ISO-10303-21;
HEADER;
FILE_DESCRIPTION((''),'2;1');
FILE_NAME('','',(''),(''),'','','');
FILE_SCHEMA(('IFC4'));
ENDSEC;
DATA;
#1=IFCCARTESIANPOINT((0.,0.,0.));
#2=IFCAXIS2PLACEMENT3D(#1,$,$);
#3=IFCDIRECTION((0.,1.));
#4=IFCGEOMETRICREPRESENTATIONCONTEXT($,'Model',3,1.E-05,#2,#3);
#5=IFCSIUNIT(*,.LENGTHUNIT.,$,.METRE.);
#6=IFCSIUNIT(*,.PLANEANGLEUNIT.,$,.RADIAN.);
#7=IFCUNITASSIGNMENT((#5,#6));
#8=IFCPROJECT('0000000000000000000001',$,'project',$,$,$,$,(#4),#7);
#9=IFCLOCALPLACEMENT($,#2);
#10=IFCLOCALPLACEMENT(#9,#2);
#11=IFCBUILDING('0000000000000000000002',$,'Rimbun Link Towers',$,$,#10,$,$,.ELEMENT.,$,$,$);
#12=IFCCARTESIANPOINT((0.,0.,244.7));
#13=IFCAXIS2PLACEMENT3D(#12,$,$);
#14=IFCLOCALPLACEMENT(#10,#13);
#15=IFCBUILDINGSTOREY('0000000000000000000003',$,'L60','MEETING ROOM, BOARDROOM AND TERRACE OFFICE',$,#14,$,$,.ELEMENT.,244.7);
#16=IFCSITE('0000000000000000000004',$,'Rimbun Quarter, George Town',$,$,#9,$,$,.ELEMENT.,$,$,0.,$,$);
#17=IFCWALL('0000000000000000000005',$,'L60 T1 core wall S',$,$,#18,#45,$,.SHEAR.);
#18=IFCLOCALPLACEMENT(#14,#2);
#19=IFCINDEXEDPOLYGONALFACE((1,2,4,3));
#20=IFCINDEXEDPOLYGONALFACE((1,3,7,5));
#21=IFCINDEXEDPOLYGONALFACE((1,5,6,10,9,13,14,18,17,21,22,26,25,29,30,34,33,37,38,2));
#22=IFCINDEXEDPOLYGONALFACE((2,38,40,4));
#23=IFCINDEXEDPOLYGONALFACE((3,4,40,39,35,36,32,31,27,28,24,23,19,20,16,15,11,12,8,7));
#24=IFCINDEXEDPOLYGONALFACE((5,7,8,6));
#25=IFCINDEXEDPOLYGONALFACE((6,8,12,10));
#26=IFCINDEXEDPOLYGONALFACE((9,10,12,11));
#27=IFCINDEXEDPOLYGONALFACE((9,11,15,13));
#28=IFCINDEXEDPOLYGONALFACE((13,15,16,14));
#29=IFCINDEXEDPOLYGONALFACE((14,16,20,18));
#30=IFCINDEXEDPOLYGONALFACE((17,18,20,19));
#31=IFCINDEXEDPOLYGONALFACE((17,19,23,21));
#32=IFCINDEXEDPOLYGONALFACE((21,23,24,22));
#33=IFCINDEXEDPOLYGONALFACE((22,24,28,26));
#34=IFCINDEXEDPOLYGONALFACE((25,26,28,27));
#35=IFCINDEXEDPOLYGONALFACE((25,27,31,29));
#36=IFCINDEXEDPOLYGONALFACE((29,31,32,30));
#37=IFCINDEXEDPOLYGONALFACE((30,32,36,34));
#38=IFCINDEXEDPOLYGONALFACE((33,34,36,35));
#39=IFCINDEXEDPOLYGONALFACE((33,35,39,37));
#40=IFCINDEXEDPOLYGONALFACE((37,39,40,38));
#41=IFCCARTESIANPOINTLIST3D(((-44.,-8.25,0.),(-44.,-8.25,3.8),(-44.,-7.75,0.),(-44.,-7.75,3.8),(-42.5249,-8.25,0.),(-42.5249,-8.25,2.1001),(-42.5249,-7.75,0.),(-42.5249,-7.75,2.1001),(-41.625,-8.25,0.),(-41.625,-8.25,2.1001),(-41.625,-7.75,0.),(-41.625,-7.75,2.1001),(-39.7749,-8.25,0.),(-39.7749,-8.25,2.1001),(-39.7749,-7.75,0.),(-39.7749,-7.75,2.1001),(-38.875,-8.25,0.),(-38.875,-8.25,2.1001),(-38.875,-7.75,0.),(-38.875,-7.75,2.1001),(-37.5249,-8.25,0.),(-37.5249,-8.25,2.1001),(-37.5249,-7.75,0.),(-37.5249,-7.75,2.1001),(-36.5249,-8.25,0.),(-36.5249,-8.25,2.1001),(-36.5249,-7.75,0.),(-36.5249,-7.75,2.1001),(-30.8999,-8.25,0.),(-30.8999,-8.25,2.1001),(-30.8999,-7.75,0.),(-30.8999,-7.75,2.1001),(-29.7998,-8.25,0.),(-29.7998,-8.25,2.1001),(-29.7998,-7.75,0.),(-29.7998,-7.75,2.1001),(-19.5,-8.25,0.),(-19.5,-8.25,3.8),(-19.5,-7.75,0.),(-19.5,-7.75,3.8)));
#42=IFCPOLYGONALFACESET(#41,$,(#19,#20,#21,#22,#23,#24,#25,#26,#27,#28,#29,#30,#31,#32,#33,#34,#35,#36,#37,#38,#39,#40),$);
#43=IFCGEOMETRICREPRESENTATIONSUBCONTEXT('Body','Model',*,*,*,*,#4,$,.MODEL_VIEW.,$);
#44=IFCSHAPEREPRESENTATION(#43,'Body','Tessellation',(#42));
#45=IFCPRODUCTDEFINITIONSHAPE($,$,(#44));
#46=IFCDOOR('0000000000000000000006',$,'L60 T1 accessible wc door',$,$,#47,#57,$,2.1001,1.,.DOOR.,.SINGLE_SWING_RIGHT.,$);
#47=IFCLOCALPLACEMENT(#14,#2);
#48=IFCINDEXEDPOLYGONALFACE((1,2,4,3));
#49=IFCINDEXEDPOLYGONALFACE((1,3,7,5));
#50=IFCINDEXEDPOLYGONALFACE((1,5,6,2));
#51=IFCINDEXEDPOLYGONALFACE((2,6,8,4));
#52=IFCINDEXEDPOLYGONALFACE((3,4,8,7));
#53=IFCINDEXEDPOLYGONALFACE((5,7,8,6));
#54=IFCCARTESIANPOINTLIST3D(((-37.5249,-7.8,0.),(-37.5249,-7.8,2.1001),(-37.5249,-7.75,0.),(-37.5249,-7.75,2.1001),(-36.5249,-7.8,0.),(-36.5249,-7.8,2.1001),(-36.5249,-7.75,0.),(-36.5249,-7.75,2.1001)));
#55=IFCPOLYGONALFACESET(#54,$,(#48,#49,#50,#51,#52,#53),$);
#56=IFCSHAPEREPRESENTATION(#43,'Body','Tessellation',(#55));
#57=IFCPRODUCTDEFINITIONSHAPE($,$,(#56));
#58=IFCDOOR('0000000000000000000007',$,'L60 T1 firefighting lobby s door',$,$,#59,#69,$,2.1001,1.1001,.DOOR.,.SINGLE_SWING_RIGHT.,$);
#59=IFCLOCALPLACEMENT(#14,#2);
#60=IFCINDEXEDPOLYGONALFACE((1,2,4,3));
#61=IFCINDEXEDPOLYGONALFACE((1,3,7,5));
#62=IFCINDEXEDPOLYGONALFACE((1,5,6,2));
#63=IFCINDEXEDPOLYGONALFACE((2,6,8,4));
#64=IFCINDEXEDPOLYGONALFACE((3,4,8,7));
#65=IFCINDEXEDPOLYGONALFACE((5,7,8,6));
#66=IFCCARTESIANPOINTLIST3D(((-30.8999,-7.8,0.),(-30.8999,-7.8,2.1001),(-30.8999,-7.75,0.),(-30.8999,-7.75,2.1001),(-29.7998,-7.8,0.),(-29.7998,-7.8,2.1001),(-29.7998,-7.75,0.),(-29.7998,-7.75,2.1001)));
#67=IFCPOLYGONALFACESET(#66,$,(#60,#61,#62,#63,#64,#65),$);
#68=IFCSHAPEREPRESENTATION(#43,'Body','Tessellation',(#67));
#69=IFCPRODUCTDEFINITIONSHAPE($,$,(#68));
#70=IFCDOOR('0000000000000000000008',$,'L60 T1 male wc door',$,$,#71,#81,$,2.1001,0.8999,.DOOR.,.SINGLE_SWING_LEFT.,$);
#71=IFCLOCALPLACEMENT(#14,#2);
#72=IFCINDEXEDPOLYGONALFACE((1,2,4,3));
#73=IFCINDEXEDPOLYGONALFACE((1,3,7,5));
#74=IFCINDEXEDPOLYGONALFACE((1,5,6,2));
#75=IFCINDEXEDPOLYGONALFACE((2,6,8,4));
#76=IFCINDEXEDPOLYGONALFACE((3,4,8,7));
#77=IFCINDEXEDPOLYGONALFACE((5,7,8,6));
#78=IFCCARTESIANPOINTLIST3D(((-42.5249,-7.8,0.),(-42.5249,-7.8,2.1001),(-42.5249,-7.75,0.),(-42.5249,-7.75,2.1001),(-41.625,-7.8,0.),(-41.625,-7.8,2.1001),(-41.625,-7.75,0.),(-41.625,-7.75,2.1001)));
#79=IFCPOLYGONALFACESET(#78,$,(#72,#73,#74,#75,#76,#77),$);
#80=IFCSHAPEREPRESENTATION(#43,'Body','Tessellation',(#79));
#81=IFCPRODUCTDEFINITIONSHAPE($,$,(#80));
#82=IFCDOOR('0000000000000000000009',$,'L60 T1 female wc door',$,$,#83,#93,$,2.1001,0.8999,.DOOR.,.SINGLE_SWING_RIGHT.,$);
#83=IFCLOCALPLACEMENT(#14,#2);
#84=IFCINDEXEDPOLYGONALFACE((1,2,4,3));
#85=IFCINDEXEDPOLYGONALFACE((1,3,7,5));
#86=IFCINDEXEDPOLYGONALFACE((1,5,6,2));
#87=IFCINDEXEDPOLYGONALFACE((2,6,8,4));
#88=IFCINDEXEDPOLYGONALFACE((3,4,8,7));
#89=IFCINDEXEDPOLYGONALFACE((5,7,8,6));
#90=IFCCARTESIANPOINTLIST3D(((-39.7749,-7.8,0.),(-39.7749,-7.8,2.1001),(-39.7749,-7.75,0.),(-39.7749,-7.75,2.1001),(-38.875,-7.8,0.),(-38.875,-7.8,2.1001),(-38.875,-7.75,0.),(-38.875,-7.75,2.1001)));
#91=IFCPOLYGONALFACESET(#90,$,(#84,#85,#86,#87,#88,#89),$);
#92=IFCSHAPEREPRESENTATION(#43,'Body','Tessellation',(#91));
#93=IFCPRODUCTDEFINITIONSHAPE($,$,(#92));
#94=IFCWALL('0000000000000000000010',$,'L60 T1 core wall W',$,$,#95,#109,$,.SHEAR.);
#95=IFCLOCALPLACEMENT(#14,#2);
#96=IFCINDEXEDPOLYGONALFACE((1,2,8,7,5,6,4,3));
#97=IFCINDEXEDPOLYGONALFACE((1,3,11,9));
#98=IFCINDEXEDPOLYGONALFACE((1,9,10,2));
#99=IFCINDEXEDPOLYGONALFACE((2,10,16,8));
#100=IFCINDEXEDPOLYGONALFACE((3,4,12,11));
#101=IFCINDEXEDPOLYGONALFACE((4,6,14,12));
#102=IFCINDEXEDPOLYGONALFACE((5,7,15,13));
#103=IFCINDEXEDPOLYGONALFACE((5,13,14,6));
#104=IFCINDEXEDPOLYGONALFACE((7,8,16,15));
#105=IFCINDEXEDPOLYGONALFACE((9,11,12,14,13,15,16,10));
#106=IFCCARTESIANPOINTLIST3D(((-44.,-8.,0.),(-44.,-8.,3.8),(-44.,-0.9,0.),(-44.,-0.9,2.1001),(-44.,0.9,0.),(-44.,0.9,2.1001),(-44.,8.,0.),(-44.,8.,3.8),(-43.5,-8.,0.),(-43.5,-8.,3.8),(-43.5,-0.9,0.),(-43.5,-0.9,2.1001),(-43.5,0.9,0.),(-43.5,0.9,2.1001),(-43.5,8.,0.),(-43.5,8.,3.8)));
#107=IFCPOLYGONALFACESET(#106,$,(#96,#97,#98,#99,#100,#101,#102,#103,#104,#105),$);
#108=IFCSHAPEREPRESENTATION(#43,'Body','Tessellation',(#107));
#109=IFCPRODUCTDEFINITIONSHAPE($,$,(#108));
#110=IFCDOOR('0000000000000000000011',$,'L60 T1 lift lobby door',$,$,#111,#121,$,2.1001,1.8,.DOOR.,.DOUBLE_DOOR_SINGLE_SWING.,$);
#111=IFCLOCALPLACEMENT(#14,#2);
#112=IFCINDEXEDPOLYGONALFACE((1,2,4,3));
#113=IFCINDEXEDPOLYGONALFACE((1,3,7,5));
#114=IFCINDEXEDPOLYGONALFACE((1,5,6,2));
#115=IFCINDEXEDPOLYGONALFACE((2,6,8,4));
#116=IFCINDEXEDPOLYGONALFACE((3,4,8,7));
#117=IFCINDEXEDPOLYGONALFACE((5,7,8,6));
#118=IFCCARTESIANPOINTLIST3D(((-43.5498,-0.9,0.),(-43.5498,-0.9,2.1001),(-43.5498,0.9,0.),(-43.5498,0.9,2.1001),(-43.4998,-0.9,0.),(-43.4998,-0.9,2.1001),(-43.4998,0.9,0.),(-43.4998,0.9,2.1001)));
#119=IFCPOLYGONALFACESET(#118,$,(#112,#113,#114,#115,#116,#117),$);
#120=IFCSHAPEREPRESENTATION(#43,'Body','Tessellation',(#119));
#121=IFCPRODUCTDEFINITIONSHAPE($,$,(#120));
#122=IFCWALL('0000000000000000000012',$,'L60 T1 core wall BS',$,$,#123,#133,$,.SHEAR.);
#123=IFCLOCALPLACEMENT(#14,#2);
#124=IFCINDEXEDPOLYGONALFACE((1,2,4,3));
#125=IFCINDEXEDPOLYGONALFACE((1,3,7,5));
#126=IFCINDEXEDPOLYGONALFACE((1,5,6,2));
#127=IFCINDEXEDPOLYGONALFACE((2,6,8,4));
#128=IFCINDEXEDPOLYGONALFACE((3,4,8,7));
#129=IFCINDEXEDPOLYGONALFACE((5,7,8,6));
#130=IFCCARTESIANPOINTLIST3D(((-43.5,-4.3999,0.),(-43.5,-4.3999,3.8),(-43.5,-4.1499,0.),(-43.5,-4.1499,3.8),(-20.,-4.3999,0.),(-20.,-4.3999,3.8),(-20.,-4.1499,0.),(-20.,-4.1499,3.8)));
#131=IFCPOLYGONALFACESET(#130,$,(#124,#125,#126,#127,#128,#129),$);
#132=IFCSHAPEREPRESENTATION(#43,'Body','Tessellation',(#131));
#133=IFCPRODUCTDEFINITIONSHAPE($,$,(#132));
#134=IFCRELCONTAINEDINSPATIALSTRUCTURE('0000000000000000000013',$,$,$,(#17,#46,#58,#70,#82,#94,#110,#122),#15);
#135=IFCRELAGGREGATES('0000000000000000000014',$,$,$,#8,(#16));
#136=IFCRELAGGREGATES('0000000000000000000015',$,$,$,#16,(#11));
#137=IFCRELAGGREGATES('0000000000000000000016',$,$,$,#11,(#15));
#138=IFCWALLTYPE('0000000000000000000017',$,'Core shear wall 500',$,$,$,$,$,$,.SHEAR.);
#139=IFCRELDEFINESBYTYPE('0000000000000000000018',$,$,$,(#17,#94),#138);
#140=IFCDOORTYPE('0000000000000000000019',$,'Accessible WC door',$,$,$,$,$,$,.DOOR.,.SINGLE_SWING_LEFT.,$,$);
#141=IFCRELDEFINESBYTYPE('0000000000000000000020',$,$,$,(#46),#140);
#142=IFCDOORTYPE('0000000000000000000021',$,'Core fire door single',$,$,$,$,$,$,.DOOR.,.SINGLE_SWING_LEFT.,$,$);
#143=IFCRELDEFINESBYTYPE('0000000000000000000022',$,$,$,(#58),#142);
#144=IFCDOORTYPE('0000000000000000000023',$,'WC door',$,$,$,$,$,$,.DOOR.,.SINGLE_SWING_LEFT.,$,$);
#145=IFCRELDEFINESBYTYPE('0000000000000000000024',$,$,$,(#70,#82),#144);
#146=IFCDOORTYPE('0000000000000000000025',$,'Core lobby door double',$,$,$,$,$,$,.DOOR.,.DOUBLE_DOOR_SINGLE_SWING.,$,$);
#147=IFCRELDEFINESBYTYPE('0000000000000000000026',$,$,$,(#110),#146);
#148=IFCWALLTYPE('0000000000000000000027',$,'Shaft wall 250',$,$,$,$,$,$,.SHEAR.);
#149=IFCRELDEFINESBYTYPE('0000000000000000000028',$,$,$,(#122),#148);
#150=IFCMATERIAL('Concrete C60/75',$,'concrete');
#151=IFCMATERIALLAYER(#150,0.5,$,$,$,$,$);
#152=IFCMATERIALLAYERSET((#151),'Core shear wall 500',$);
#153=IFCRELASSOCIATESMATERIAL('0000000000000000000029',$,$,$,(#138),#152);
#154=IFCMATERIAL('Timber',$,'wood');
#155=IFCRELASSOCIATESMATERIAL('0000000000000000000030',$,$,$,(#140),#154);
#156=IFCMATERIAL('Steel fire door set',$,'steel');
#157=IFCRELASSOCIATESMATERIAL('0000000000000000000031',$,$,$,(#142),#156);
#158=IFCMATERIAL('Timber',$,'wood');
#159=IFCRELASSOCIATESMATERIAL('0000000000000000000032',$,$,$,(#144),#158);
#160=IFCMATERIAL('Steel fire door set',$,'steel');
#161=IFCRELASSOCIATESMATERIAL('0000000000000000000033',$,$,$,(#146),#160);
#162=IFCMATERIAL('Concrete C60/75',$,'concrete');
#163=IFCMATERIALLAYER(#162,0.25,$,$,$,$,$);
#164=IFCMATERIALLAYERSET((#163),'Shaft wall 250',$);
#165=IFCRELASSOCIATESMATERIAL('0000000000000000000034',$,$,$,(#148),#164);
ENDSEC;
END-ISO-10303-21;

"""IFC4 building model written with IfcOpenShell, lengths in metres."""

from ifc_helpers import new_model, si_unit, direction, frame, frame_2d, origin, place, context, subcontext, project, spatial, rectangle, extrude, material, layer, layer_set, type_object, element, fill, save


model = new_model("IFC4")

# Units and contexts
model_context = context("Model", 3, precision=1e-05, world=origin(), true_north=direction((0.0, 1.0)))
body_context = subcontext(model_context, "Body", "Model", "MODEL_VIEW")
ifc_project = project(units=[si_unit("LENGTHUNIT", "METRE"), si_unit("PLANEANGLEUNIT", "RADIAN")], contexts=[model_context])

# Site, building, storey
site_placement = place(None, origin())
site = spatial("IfcSite", under=ifc_project, at=site_placement, Name="Rimbun Quarter, George Town", CompositionType="ELEMENT", RefElevation=0.0)
building_placement = place(site_placement, origin())
building = spatial("IfcBuilding", under=site, at=building_placement, Name="Rimbun Link Towers", CompositionType="ELEMENT")
storey_placement = place(building_placement, frame((0.0, 0.0, 244.7)))
storey = spatial("IfcBuildingStorey", under=building, at=storey_placement, Name="L60", Description="MEETING ROOM, BOARDROOM AND TERRACE OFFICE", CompositionType="ELEMENT", Elevation=244.7)

# Wall, openings, doors
ifc_material_1 = material(Name="Concrete C60/75", Category="concrete")
ifc_layer_1 = layer(ifc_material_1, 0.5)
ifc_layer_set_1 = layer_set([ifc_layer_1], Name="Core shear wall 500")
wall_type_1 = type_object("IfcWallType", Name="Core shear wall 500", PredefinedType="SHEAR", material=ifc_layer_set_1)
wall_1_placement = place(storey_placement, frame((-44.0, -8.0, 0.0), z_axis=(0.0, 0.0, 1.0), x_axis=(1.0, 0.0, 0.0)))
wall_1 = element("IfcWall", 1, at=wall_1_placement, inside=storey, type_object=wall_type_1, Name="L60 T1 core wall S", PredefinedType="SHEAR", context=body_context, shape_type="SweptSolid", body=[
    extrude(rectangle(XDim=24.5, YDim=0.5, at=frame_2d((12.25, 0.0))), origin(), (0.0, 0.0, 1.0), 3.8),
])
opening_1_placement = place(wall_1_placement, frame((13.1001, 0.0, 0.0)))
opening_1 = element("IfcOpeningElement", 2, at=opening_1_placement, cuts=wall_1, PredefinedType="OPENING", context=body_context, shape_type="SweptSolid", body=[
    extrude(rectangle(XDim=1.1001, YDim=2.1001, at=frame_2d((0.55, 1.05))), frame((0.0, 0.26, 0.0), z_axis=(0.0, -1.0, 0.0), x_axis=(1.0, 0.0, 0.0)), (0.0, 0.0, 1.0), 0.52),
])
opening_2_placement = place(wall_1_placement, frame((1.4751, 0.0, 0.0)))
opening_2 = element("IfcOpeningElement", 3, at=opening_2_placement, cuts=wall_1, PredefinedType="OPENING", context=body_context, shape_type="SweptSolid", body=[
    extrude(rectangle(XDim=0.8999, YDim=2.1001, at=frame_2d((0.45, 1.05))), frame((0.0, 0.26, 0.0), z_axis=(0.0, -1.0, 0.0), x_axis=(1.0, 0.0, 0.0)), (0.0, 0.0, 1.0), 0.52),
])
opening_3_placement = place(wall_1_placement, frame((4.2251, 0.0, 0.0)))
opening_3 = element("IfcOpeningElement", 4, at=opening_3_placement, cuts=wall_1, PredefinedType="OPENING", context=body_context, shape_type="SweptSolid", body=[
    extrude(rectangle(XDim=0.8999, YDim=2.1001, at=frame_2d((0.45, 1.05))), frame((0.0, 0.26, 0.0), z_axis=(0.0, -1.0, 0.0), x_axis=(1.0, 0.0, 0.0)), (0.0, 0.0, 1.0), 0.52),
])
opening_4_placement = place(wall_1_placement, frame((6.4751, 0.0, 0.0)))
opening_4 = element("IfcOpeningElement", 5, at=opening_4_placement, cuts=wall_1, PredefinedType="OPENING", context=body_context, shape_type="SweptSolid", body=[
    extrude(rectangle(XDim=1.0, YDim=2.1001, at=frame_2d((0.5, 1.05))), frame((0.0, 0.26, 0.0), z_axis=(0.0, -1.0, 0.0), x_axis=(1.0, 0.0, 0.0)), (0.0, 0.0, 1.0), 0.52),
])
ifc_material_2 = material(Name="Timber", Category="wood")
door_type_1 = type_object("IfcDoorType", Name="Accessible WC door", OperationType="SINGLE_SWING_LEFT", PredefinedType="DOOR", material=ifc_material_2)
door_1_placement = place(opening_4_placement, origin())
door_1 = element("IfcDoor", 6, at=door_1_placement, inside=storey, type_object=door_type_1, Name="L60 T1 accessible wc door", OperationType="SINGLE_SWING_RIGHT", OverallHeight=2.1001, OverallWidth=1.0, PredefinedType="DOOR", context=body_context, shape_type="SweptSolid", body=[
    extrude(rectangle(XDim=1.0, YDim=2.1001, at=frame_2d((0.5, 1.05))), frame((0.0, 0.25, 0.0), z_axis=(0.0, -1.0, 0.0), x_axis=(1.0, 0.0, 0.0)), (0.0, 0.0, 1.0), 0.05),
])
fill(opening_4, door_1)
ifc_material_3 = material(Name="Steel fire door set", Category="steel")
door_type_2 = type_object("IfcDoorType", Name="Core fire door single", OperationType="SINGLE_SWING_LEFT", PredefinedType="DOOR", material=ifc_material_3)
door_2_placement = place(opening_1_placement, origin())
door_2 = element("IfcDoor", 7, at=door_2_placement, inside=storey, type_object=door_type_2, Name="L60 T1 firefighting lobby s door", OperationType="SINGLE_SWING_RIGHT", OverallHeight=2.1001, OverallWidth=1.1001, PredefinedType="DOOR", context=body_context, shape_type="SweptSolid", body=[
    extrude(rectangle(XDim=1.1001, YDim=2.1001, at=frame_2d((0.55, 1.05))), frame((0.0, 0.25, 0.0), z_axis=(0.0, -1.0, 0.0), x_axis=(1.0, 0.0, 0.0)), (0.0, 0.0, 1.0), 0.05),
])
fill(opening_1, door_2)
ifc_material_4 = material(Name="Timber", Category="wood")
door_type_3 = type_object("IfcDoorType", Name="WC door", OperationType="SINGLE_SWING_LEFT", PredefinedType="DOOR", material=ifc_material_4)
door_3_placement = place(opening_2_placement, origin())
door_3 = element("IfcDoor", 8, at=door_3_placement, inside=storey, type_object=door_type_3, Name="L60 T1 male wc door", OperationType="SINGLE_SWING_LEFT", OverallHeight=2.1001, OverallWidth=0.8999, PredefinedType="DOOR", context=body_context, shape_type="SweptSolid", body=[
    extrude(rectangle(XDim=0.8999, YDim=2.1001, at=frame_2d((0.45, 1.05))), frame((0.0, 0.25, 0.0), z_axis=(0.0, -1.0, 0.0), x_axis=(1.0, 0.0, 0.0)), (0.0, 0.0, 1.0), 0.05),
])
fill(opening_2, door_3)
door_4_placement = place(opening_3_placement, origin())
door_4 = element("IfcDoor", 9, at=door_4_placement, inside=storey, type_object=door_type_3, Name="L60 T1 female wc door", OperationType="SINGLE_SWING_RIGHT", OverallHeight=2.1001, OverallWidth=0.8999, PredefinedType="DOOR", context=body_context, shape_type="SweptSolid", body=[
    extrude(rectangle(XDim=0.8999, YDim=2.1001, at=frame_2d((0.45, 1.05))), frame((0.0, 0.25, 0.0), z_axis=(0.0, -1.0, 0.0), x_axis=(1.0, 0.0, 0.0)), (0.0, 0.0, 1.0), 0.05),
])
fill(opening_3, door_4)

# Wall, opening, door
wall_2_placement = place(storey_placement, frame((-43.75, -8.0, 0.0), z_axis=(0.0, 0.0, 1.0), x_axis=(0.0, 1.0, 0.0)))
wall_2 = element("IfcWall", 10, at=wall_2_placement, inside=storey, type_object=wall_type_1, Name="L60 T1 core wall W", PredefinedType="SHEAR", context=body_context, shape_type="SweptSolid", body=[
    extrude(rectangle(XDim=16.0, YDim=0.5, at=frame_2d((8.0, 0.0))), origin(), (0.0, 0.0, 1.0), 3.8),
])
opening_5_placement = place(wall_2_placement, frame((7.1001, 0.0, 0.0)))
opening_5 = element("IfcOpeningElement", 11, at=opening_5_placement, cuts=wall_2, PredefinedType="OPENING", context=body_context, shape_type="SweptSolid", body=[
    extrude(rectangle(XDim=1.8, YDim=2.1001, at=frame_2d((0.8999, 1.05))), frame((0.0, 0.26, 0.0), z_axis=(0.0, -1.0, 0.0), x_axis=(1.0, 0.0, 0.0)), (0.0, 0.0, 1.0), 0.52),
])
ifc_material_5 = material(Name="Steel fire door set", Category="steel")
door_type_4 = type_object("IfcDoorType", Name="Core lobby door double", OperationType="DOUBLE_DOOR_SINGLE_SWING", PredefinedType="DOOR", material=ifc_material_5)
door_5_placement = place(opening_5_placement, origin())
door_5 = element("IfcDoor", 12, at=door_5_placement, inside=storey, type_object=door_type_4, Name="L60 T1 lift lobby door", OperationType="DOUBLE_DOOR_SINGLE_SWING", OverallHeight=2.1001, OverallWidth=1.8, PredefinedType="DOOR", context=body_context, shape_type="SweptSolid", body=[
    extrude(rectangle(XDim=1.8, YDim=2.1001, at=frame_2d((0.8999, 1.05))), frame((0.0, -0.2002, 0.0), z_axis=(0.0, -1.0, 0.0), x_axis=(1.0, 0.0, 0.0)), (0.0, 0.0, 1.0), 0.05),
])
fill(opening_5, door_5)

# Wall
ifc_material_6 = material(Name="Concrete C60/75", Category="concrete")
ifc_layer_2 = layer(ifc_material_6, 0.25)
ifc_layer_set_2 = layer_set([ifc_layer_2], Name="Shaft wall 250")
wall_type_2 = type_object("IfcWallType", Name="Shaft wall 250", PredefinedType="SHEAR", material=ifc_layer_set_2)
wall_3_placement = place(storey_placement, frame((-43.5, -4.2749, 0.0), z_axis=(0.0, 0.0, 1.0), x_axis=(1.0, 0.0, 0.0)))
element("IfcWall", 13, at=wall_3_placement, inside=storey, type_object=wall_type_2, Name="L60 T1 core wall BS", PredefinedType="SHEAR", context=body_context, shape_type="SweptSolid", body=[
    extrude(rectangle(XDim=23.5, YDim=0.25, at=frame_2d((11.75, 0.0))), origin(), (0.0, 0.0, 1.0), 3.8),
])

save(model, "model.ifc")
